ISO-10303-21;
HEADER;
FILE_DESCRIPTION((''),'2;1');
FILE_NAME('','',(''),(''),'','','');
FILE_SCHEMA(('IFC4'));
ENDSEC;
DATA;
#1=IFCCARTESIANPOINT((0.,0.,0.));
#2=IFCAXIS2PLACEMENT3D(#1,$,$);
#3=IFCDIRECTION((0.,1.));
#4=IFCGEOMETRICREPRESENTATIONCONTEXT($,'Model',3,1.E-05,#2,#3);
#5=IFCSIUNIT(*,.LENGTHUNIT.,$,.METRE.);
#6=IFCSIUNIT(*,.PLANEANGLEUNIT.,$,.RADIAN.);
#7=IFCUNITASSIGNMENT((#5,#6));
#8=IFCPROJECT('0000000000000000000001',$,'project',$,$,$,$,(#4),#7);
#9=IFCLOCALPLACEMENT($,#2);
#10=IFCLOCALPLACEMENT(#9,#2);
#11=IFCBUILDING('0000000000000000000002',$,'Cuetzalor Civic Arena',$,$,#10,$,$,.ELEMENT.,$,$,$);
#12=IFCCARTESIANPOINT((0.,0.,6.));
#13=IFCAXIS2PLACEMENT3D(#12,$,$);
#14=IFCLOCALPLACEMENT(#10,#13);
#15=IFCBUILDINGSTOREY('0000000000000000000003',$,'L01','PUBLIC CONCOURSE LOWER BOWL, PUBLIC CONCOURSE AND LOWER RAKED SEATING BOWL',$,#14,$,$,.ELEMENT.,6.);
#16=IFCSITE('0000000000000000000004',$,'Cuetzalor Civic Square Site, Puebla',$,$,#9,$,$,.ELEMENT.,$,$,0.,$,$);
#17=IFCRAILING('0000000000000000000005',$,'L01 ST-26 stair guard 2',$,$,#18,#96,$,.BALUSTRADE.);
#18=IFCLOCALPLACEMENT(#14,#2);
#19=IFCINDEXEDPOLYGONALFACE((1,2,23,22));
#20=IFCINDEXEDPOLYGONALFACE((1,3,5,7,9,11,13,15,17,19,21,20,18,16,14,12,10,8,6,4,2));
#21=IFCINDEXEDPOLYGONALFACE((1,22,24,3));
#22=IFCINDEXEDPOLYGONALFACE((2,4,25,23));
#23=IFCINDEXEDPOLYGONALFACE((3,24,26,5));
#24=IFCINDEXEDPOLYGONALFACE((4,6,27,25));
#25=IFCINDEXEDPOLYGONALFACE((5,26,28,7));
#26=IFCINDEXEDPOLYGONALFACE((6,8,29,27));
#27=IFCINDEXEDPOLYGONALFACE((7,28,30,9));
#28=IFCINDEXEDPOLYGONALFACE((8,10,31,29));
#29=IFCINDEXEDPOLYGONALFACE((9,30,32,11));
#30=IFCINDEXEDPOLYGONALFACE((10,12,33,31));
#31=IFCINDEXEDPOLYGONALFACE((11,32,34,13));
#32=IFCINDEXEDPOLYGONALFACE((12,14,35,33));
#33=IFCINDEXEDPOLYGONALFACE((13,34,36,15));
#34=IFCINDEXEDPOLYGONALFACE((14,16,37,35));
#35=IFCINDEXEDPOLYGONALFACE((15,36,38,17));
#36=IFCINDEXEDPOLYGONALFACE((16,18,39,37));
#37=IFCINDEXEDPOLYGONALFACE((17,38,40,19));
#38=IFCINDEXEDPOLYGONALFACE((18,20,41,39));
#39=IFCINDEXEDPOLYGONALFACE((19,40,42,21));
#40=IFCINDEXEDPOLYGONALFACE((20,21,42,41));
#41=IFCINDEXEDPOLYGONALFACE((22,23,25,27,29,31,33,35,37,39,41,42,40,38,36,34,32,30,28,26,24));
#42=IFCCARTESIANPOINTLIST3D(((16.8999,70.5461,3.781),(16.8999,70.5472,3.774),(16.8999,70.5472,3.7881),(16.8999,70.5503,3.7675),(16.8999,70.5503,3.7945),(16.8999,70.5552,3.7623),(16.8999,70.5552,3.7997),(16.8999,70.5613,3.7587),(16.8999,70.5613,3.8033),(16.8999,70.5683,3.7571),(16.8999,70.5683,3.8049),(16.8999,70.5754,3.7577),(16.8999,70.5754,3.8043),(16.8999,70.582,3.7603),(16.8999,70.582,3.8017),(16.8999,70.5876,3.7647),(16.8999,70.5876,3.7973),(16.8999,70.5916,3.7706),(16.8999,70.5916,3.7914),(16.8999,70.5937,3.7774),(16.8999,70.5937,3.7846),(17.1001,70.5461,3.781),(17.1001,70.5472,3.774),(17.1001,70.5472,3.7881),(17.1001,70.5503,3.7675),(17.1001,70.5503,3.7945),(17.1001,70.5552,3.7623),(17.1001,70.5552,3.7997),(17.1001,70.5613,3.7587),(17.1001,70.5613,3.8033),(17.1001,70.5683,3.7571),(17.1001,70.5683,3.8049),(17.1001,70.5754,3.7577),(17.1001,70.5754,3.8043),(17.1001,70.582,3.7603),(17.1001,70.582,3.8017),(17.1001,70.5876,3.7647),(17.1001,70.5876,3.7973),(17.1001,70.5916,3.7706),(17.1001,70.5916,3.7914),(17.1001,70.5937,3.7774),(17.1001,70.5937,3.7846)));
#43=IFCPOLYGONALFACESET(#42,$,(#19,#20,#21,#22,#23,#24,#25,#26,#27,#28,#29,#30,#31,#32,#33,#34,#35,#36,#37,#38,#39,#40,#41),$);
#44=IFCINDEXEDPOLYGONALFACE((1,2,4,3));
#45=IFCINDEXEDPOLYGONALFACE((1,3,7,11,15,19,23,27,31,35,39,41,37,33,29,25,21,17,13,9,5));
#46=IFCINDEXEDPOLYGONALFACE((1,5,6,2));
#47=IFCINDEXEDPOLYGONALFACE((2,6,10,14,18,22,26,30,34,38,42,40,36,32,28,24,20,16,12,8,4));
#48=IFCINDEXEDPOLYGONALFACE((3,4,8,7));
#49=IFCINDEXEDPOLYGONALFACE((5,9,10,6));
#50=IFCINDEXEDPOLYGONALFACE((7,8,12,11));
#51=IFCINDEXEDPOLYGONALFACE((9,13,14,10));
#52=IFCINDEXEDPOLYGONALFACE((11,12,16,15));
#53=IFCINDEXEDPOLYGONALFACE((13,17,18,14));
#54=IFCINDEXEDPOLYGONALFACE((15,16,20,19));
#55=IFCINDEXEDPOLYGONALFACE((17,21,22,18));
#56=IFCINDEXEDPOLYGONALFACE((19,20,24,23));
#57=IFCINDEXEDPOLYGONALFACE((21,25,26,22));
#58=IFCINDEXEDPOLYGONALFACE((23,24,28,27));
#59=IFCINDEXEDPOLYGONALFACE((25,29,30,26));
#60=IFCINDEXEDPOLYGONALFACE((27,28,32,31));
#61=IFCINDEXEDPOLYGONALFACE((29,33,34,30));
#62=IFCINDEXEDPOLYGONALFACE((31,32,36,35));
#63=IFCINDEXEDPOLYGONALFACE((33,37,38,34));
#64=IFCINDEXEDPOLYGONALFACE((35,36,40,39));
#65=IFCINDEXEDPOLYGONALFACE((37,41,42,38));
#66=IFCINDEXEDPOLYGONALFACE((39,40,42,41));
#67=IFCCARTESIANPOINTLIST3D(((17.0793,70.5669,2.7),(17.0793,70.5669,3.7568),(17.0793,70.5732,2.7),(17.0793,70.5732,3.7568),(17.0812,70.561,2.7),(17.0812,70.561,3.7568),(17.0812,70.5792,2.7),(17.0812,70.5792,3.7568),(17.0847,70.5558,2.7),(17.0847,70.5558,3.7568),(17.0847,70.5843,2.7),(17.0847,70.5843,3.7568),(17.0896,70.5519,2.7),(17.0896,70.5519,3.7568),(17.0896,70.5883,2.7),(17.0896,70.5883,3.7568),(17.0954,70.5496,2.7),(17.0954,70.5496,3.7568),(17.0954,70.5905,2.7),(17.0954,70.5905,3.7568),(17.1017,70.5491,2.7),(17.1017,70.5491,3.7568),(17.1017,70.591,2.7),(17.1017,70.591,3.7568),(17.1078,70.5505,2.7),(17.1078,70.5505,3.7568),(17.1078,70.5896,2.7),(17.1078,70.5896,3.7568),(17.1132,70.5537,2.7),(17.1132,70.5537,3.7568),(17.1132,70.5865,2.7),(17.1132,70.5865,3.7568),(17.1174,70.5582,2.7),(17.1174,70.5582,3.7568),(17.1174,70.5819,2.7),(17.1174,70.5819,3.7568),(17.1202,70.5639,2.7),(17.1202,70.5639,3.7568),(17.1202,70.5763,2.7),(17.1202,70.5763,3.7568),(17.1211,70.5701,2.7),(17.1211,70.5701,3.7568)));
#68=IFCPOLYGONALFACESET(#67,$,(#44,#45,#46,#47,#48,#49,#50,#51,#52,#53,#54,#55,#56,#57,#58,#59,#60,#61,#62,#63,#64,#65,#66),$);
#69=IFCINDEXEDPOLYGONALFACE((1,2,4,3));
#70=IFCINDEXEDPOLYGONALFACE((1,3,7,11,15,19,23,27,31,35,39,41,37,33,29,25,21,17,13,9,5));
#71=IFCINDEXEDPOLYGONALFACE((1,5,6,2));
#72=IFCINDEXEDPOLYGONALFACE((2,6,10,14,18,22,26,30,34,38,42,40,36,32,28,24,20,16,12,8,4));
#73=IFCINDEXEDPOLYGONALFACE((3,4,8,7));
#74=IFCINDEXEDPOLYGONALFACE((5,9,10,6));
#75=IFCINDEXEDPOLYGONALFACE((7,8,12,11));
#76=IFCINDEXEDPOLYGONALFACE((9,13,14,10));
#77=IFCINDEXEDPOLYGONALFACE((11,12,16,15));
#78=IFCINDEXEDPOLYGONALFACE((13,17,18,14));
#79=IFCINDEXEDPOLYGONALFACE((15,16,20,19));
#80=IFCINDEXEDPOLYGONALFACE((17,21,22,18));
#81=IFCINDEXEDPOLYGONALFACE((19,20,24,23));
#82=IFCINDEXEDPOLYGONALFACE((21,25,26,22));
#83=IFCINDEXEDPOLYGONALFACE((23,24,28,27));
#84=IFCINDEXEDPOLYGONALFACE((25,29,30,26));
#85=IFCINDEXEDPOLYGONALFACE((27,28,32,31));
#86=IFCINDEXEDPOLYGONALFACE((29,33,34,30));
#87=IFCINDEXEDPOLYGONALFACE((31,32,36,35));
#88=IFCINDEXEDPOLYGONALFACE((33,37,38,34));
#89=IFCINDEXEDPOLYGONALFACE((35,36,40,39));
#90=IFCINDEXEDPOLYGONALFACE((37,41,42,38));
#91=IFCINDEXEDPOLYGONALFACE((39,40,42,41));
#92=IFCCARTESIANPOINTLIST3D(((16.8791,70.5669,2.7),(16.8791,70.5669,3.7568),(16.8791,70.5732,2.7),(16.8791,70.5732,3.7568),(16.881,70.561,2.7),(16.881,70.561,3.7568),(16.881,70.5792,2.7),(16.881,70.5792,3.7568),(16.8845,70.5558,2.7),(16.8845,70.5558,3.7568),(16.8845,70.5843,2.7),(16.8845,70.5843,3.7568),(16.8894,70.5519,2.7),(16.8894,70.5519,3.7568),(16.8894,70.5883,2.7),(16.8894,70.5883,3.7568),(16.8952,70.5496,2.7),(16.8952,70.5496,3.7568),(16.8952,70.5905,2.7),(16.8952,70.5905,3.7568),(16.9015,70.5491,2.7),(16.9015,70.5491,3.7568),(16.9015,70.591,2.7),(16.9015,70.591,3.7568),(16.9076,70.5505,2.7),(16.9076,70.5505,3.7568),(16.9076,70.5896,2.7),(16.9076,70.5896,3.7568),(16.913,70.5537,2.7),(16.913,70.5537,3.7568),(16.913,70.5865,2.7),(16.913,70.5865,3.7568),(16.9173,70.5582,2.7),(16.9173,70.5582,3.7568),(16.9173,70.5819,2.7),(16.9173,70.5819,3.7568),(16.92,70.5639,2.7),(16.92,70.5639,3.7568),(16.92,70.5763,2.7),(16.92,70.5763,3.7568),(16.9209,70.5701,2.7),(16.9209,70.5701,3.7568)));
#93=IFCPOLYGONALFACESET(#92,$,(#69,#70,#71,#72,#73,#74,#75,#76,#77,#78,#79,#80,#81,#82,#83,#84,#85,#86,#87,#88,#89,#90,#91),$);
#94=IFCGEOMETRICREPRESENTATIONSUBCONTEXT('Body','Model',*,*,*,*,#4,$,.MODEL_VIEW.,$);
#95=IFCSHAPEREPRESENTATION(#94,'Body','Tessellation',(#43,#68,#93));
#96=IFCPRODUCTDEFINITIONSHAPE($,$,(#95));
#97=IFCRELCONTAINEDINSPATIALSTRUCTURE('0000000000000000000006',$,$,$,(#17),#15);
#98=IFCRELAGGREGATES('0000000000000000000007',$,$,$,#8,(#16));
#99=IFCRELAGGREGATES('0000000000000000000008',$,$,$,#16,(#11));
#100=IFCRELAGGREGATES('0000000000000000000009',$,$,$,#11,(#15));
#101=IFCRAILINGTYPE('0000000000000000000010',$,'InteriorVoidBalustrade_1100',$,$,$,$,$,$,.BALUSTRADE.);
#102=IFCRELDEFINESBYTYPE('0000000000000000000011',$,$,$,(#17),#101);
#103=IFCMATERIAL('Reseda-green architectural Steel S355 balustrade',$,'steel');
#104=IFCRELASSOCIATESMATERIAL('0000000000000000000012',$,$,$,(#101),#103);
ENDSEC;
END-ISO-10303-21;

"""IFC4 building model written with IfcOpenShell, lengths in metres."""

from ifc_helpers import new_model, si_unit, direction, frame, origin, origin_2d, place, context, subcontext, project, spatial, circle, extrude, material, type_object, element, save


model = new_model("IFC4")

# Units and contexts
model_context = context("Model", 3, precision=1e-05, world=origin(), true_north=direction((0.0, 1.0)))
body_context = subcontext(model_context, "Body", "Model", "MODEL_VIEW")
ifc_project = project(units=[si_unit("LENGTHUNIT", "METRE"), si_unit("PLANEANGLEUNIT", "RADIAN")], contexts=[model_context])

# Site, building, storey
site_placement = place(None, origin())
site = spatial("IfcSite", under=ifc_project, at=site_placement, Name="Cuetzalor Civic Square Site, Puebla", CompositionType="ELEMENT", RefElevation=0.0)
building_placement = place(site_placement, origin())
building = spatial("IfcBuilding", under=site, at=building_placement, Name="Cuetzalor Civic Arena", CompositionType="ELEMENT")
storey_placement = place(building_placement, frame((0.0, 0.0, 6.0)))
storey = spatial("IfcBuildingStorey", under=building, at=storey_placement, Name="L01", Description="PUBLIC CONCOURSE LOWER BOWL, PUBLIC CONCOURSE AND LOWER RAKED SEATING BOWL", CompositionType="ELEMENT", Elevation=6.0)

# Railing
ifc_material_1 = material(Name="Reseda-green architectural Steel S355 balustrade", Category="steel")
railing_type_1 = type_object("IfcRailingType", Name="InteriorVoidBalustrade_1100", PredefinedType="BALUSTRADE", material=ifc_material_1)
railing_1_placement = place(storey_placement, frame((17.1001, 70.5701, 2.7)))
element("IfcRailing", 1, at=railing_1_placement, inside=storey, type_object=railing_type_1, Name="L01 ST-26 stair guard 2", PredefinedType="BALUSTRADE", context=body_context, shape_type="SweptSolid", body=[
    extrude(circle(Radius=0.0239, at=origin_2d()), frame((0.0, 0.0, 1.0811), z_axis=(-1.0, 0.0, 0.0), x_axis=(0.0, -1.0, 0.0)), (0.0, 0.0, 1.0), 0.2002),
    extrude(circle(Radius=0.021, at=origin_2d()), origin(), (0.0, 0.0, 1.0), 1.0569),
    extrude(circle(Radius=0.021, at=origin_2d()), frame((-0.2002, 0.0, 0.0)), (0.0, 0.0, 1.0), 1.0569),
])

save(model, "model.ifc")
